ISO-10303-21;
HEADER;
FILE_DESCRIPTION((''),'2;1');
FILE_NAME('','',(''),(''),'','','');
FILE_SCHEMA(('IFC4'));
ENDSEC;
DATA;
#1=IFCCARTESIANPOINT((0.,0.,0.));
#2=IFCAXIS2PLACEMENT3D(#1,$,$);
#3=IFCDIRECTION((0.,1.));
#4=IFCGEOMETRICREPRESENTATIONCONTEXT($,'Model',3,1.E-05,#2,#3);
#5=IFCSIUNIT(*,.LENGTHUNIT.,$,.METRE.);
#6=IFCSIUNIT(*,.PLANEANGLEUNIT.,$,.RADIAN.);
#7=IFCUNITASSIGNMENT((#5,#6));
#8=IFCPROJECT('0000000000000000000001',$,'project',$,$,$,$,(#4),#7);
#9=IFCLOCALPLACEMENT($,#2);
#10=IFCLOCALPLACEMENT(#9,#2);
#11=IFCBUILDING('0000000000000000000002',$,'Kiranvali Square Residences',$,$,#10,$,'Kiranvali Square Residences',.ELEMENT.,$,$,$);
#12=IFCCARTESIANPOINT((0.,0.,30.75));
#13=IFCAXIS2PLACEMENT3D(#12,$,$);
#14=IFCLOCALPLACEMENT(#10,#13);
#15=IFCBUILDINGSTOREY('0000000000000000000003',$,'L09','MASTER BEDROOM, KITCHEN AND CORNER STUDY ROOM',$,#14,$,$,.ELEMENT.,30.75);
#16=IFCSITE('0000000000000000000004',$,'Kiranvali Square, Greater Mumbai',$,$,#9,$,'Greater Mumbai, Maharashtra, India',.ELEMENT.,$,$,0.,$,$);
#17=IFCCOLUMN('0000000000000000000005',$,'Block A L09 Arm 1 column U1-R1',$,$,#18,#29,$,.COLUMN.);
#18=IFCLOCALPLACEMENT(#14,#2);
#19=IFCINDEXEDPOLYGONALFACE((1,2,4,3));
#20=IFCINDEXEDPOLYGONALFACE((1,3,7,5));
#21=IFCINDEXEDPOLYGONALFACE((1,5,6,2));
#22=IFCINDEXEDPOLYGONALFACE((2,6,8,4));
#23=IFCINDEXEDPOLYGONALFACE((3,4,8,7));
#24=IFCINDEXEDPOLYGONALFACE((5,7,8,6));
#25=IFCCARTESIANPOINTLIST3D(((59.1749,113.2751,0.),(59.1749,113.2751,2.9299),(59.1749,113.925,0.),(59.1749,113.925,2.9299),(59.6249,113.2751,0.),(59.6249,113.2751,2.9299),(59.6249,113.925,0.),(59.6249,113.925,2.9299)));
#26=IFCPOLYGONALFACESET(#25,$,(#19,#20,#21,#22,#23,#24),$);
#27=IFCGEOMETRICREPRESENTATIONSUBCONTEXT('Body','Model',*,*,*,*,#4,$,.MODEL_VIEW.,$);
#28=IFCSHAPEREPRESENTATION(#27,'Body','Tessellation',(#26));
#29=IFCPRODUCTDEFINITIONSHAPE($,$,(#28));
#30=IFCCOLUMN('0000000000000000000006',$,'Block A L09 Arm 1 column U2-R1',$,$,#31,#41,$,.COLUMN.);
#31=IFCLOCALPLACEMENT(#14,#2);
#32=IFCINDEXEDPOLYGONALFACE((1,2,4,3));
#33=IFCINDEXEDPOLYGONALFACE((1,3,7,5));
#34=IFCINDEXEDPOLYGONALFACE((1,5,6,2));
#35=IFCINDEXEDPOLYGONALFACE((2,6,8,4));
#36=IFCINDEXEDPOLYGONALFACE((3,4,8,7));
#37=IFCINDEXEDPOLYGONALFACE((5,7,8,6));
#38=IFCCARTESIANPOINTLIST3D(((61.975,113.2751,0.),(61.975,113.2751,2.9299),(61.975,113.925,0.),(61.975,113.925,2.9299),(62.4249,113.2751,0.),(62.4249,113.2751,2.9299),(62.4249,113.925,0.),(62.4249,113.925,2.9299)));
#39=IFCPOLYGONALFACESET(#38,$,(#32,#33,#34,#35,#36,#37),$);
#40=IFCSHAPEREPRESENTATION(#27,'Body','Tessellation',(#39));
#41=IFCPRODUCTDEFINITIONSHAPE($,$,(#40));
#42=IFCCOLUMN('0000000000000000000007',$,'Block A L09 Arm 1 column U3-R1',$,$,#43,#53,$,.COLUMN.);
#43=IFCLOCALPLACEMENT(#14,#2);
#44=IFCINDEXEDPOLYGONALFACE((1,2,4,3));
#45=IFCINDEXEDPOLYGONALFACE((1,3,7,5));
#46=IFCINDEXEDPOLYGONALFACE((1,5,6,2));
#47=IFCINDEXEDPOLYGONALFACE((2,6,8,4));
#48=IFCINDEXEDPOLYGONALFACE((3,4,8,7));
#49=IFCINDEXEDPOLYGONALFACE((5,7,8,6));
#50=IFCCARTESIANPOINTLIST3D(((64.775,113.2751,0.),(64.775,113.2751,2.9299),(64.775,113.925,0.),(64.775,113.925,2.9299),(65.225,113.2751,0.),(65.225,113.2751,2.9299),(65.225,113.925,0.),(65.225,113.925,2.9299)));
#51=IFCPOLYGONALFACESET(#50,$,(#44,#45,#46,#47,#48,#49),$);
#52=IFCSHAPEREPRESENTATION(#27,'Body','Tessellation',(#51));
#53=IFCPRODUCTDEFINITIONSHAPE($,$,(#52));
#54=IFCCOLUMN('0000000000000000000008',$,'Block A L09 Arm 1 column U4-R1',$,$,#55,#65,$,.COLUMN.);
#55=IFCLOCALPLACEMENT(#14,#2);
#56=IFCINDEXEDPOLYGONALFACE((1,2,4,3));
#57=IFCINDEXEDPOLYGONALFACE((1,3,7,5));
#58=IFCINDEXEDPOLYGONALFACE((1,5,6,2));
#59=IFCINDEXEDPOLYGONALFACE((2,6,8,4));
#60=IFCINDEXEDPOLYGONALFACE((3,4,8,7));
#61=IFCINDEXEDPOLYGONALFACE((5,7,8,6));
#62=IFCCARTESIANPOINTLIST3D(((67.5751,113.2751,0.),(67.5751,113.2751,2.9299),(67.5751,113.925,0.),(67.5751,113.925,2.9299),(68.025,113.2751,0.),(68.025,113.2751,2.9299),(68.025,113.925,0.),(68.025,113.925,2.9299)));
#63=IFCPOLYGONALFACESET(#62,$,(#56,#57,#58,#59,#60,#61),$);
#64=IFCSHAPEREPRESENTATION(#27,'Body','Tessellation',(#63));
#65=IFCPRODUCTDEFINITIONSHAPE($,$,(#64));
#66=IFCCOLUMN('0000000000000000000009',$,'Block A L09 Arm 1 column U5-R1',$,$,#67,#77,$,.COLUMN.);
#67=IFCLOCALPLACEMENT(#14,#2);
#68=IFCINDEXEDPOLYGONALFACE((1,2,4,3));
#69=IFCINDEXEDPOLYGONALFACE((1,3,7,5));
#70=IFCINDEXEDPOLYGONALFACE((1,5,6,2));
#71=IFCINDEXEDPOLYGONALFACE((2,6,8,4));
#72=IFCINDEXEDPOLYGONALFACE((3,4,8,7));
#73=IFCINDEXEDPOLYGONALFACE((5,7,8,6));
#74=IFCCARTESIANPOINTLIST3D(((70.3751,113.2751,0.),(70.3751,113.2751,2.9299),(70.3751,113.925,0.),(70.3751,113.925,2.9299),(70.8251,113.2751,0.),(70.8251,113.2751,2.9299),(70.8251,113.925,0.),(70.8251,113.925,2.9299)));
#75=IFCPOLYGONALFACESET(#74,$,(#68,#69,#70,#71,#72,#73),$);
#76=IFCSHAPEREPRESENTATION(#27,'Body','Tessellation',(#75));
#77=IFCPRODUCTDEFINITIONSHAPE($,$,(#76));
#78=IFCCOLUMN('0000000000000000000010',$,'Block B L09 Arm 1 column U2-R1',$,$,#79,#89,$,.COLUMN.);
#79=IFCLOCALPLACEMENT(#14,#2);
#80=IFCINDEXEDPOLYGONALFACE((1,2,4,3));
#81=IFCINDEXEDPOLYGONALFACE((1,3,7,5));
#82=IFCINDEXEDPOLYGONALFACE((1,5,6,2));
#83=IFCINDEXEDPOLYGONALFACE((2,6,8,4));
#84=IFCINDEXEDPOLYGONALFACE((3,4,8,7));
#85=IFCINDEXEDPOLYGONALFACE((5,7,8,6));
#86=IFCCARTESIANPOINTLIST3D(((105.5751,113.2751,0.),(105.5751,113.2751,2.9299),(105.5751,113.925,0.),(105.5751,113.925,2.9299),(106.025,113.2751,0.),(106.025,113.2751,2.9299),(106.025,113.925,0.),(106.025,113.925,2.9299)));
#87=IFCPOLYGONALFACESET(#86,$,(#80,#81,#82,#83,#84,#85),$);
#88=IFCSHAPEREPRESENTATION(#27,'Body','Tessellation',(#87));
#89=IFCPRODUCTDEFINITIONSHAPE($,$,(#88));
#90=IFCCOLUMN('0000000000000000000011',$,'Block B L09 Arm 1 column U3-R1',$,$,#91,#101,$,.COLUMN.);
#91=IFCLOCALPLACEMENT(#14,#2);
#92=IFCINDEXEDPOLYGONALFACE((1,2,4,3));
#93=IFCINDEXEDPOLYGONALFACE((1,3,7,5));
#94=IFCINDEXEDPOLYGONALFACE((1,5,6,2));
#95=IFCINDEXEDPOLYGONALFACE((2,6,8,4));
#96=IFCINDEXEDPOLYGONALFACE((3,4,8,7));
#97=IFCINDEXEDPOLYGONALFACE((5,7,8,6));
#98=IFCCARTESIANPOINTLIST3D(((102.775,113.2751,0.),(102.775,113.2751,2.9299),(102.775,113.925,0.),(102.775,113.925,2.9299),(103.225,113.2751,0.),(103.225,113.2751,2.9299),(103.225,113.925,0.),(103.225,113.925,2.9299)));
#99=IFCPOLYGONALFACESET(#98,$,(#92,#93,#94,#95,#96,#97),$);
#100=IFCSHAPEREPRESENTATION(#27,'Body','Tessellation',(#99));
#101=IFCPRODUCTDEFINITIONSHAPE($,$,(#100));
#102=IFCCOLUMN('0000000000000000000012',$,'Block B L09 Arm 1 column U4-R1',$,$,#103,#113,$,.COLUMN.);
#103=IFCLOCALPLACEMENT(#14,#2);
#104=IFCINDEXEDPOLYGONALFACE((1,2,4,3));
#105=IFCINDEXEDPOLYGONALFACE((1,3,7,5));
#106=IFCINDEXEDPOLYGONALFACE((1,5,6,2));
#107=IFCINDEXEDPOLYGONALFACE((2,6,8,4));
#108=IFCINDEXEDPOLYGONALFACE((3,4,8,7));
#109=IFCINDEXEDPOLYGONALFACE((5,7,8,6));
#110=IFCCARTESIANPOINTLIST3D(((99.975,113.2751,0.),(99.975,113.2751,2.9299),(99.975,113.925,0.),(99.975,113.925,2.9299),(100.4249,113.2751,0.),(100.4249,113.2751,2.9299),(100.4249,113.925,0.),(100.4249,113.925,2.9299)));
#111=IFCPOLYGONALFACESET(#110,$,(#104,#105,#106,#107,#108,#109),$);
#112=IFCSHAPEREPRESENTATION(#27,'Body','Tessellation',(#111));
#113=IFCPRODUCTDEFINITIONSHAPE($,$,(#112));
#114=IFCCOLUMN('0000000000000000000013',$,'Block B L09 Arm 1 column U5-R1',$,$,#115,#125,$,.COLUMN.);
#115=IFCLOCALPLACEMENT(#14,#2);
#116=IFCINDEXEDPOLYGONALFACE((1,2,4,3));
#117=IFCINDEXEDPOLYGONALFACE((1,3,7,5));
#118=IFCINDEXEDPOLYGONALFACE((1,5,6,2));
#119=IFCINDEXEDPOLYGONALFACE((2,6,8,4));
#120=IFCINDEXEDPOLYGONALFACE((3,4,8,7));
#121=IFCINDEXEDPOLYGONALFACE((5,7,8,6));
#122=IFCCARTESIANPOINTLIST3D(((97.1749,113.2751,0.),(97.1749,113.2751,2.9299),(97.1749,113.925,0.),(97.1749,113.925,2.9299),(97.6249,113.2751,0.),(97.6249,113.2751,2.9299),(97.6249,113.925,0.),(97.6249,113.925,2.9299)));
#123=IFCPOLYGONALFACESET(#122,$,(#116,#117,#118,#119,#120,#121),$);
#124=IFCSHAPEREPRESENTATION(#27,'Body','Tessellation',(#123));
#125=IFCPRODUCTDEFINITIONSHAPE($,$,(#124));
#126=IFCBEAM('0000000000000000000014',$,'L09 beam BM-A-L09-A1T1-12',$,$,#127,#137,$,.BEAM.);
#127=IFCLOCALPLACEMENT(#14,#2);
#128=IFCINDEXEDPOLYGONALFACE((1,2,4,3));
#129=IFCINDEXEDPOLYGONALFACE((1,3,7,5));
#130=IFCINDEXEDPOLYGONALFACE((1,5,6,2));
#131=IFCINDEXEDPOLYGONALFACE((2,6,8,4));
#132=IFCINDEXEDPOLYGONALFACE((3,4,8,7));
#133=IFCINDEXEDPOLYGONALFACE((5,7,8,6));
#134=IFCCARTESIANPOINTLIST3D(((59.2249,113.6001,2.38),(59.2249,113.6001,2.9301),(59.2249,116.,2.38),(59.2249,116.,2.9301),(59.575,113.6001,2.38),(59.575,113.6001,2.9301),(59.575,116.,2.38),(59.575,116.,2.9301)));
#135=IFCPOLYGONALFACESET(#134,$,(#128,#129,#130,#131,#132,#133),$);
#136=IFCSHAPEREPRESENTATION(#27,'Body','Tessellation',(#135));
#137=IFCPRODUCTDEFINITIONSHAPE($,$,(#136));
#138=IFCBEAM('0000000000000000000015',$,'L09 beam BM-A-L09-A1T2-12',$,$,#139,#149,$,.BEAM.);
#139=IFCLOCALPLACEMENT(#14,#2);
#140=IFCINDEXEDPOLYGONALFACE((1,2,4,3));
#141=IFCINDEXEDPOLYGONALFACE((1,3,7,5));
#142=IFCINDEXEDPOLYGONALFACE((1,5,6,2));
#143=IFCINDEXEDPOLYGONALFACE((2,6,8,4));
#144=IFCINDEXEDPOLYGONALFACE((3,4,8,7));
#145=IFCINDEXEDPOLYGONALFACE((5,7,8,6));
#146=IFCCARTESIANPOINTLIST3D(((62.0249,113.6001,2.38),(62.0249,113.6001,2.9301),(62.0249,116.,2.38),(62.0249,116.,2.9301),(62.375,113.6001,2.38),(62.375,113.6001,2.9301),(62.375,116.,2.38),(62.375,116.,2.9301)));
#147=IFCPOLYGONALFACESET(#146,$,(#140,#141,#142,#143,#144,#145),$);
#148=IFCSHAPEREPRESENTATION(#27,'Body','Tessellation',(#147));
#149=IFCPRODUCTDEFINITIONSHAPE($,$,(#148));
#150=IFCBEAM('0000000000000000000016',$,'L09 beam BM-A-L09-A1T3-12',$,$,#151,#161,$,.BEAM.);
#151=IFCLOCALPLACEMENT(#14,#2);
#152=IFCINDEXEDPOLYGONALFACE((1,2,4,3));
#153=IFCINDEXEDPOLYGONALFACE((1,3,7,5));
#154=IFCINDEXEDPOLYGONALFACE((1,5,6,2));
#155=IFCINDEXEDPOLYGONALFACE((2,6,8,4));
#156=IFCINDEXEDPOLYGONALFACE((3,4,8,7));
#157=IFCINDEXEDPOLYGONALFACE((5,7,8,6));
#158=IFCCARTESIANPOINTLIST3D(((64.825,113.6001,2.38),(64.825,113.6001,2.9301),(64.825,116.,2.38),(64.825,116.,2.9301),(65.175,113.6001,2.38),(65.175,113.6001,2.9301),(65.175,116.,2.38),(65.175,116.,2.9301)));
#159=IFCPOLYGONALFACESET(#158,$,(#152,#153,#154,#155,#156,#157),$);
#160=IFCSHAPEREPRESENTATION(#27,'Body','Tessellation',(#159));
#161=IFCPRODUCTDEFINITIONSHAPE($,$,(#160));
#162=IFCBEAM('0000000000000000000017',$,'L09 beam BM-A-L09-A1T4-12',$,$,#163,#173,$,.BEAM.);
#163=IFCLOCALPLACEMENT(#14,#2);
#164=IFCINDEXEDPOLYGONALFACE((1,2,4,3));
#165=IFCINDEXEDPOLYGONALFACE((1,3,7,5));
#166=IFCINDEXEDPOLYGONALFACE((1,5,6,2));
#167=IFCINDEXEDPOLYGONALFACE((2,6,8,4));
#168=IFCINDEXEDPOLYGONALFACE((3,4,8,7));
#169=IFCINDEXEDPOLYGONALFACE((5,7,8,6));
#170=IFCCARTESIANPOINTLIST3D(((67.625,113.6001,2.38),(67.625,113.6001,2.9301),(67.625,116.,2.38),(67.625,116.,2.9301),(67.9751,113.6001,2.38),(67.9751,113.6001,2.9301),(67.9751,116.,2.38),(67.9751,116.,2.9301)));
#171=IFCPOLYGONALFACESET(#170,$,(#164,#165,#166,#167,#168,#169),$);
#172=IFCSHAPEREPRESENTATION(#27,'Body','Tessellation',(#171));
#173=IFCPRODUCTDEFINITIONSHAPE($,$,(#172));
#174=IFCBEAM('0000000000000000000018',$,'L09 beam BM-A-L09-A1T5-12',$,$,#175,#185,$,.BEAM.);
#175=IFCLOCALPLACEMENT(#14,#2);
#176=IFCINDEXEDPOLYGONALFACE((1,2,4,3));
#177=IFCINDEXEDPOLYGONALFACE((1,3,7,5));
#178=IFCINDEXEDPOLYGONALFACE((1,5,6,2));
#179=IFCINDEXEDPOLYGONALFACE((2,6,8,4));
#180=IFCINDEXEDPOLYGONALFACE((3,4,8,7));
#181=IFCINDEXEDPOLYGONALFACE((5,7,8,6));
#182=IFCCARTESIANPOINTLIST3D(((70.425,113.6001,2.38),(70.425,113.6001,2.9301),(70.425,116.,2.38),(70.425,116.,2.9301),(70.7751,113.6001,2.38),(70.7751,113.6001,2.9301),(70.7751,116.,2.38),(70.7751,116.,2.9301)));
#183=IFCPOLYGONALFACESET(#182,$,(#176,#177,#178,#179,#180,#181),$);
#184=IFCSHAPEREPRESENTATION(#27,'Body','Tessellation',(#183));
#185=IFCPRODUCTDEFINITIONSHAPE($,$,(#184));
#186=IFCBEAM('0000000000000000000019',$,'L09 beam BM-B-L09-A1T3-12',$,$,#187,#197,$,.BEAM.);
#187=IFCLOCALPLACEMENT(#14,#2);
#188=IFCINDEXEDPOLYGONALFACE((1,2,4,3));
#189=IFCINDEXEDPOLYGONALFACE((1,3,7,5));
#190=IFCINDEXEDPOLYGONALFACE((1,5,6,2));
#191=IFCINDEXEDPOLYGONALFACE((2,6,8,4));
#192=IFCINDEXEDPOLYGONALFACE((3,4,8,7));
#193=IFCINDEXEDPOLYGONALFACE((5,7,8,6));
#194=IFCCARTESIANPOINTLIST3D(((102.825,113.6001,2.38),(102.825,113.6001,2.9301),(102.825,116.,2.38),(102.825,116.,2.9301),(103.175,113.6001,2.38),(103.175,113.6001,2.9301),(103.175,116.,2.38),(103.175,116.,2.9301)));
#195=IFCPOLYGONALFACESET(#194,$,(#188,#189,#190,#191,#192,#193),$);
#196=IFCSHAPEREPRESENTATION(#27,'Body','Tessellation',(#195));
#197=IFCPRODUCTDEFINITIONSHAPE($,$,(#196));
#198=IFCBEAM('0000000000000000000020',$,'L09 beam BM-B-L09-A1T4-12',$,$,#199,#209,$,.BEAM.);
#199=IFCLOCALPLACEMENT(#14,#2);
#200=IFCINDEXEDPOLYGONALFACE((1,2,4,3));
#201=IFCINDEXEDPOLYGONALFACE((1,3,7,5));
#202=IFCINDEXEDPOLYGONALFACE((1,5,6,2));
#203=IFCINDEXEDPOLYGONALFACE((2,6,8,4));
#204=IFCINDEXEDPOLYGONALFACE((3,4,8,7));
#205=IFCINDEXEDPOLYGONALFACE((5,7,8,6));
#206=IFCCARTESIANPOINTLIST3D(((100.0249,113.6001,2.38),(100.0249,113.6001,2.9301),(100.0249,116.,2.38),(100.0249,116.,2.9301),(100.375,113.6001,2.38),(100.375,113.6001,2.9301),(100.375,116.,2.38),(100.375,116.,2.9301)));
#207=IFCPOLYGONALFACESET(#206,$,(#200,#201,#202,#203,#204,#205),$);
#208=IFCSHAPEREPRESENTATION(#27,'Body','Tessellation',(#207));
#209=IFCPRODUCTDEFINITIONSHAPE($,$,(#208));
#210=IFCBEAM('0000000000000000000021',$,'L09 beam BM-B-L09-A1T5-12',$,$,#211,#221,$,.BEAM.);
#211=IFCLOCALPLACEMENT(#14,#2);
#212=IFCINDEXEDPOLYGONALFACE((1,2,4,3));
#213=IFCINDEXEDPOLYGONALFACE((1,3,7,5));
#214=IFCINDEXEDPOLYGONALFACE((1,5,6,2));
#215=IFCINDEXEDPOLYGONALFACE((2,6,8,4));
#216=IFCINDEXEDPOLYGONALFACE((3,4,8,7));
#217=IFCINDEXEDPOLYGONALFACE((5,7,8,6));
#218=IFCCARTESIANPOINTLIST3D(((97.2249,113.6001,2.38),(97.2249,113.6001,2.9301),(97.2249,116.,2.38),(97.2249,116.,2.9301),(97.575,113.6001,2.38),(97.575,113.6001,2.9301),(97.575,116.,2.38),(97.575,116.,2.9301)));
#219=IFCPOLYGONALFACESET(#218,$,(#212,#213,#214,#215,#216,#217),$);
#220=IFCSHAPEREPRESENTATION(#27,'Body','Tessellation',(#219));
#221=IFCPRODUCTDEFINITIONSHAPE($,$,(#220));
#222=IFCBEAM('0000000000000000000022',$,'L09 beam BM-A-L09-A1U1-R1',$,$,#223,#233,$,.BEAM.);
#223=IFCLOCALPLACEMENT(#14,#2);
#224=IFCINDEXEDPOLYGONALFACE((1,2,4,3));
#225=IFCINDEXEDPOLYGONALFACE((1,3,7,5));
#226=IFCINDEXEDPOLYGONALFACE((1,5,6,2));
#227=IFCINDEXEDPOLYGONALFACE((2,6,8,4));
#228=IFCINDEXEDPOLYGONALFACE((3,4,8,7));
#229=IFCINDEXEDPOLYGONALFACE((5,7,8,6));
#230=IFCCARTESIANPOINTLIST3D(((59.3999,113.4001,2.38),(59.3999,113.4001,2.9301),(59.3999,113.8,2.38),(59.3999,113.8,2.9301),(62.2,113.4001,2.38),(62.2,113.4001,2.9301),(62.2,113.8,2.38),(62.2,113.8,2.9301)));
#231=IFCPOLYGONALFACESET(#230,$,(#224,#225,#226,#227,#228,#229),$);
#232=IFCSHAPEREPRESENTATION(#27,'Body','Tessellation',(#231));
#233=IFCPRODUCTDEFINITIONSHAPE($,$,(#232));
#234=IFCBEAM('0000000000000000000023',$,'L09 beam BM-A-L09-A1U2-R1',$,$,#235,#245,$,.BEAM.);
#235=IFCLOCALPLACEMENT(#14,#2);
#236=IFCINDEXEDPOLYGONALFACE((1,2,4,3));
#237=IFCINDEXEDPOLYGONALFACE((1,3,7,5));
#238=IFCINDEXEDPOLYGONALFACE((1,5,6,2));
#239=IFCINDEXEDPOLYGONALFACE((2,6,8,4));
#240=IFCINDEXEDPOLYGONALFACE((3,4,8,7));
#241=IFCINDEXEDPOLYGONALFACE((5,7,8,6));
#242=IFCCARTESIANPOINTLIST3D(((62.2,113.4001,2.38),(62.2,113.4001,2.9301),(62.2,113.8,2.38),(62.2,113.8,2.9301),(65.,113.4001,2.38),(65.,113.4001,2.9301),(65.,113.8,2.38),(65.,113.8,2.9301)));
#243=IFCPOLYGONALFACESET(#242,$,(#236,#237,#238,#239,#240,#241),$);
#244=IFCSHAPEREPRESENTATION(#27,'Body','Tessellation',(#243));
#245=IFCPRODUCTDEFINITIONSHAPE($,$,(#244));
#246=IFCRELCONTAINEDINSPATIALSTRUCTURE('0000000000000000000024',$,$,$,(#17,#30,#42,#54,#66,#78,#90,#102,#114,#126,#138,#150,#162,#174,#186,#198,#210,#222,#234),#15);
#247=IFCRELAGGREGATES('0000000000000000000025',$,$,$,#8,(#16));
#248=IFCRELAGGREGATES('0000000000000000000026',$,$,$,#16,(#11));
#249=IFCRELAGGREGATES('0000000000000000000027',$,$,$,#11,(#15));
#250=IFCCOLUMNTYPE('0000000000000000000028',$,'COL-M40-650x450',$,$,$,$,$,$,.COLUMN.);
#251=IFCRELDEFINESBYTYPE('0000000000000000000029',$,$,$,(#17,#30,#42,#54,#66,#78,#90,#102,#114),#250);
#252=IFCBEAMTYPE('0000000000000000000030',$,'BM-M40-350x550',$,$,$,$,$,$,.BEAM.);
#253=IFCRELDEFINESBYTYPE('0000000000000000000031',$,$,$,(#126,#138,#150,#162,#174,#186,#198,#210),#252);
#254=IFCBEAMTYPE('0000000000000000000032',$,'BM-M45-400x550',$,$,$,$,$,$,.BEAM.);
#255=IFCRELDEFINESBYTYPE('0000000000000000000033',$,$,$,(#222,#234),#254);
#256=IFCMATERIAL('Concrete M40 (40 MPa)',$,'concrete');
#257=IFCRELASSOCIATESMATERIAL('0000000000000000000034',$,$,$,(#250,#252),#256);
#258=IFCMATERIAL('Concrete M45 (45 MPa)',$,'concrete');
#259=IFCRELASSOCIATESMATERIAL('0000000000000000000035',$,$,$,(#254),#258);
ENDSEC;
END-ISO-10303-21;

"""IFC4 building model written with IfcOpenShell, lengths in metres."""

from ifc_helpers import new_model, si_unit, direction, frame, origin, origin_2d, place, context, subcontext, project, spatial, rectangle, extrude, material, material_profile, profile_set, type_object, element, save


model = new_model("IFC4")

# Units and contexts
model_context = context("Model", 3, precision=1e-05, world=origin(), true_north=direction((0.0, 1.0)))
body_context = subcontext(model_context, "Body", "Model", "MODEL_VIEW")
ifc_project = project(units=[si_unit("LENGTHUNIT", "METRE"), si_unit("PLANEANGLEUNIT", "RADIAN")], contexts=[model_context])

# Site, building, storey
site_placement = place(None, origin())
site = spatial("IfcSite", under=ifc_project, at=site_placement, Name="Kiranvali Square, Greater Mumbai", LongName="Greater Mumbai, Maharashtra, India", CompositionType="ELEMENT", RefElevation=0.0)
building_placement = place(site_placement, origin())
building = spatial("IfcBuilding", under=site, at=building_placement, Name="Kiranvali Square Residences", LongName="Kiranvali Square Residences", CompositionType="ELEMENT")
storey_placement = place(building_placement, frame((0.0, 0.0, 30.75)))
storey = spatial("IfcBuildingStorey", under=building, at=storey_placement, Name="L09", Description="MASTER BEDROOM, KITCHEN AND CORNER STUDY ROOM", CompositionType="ELEMENT", Elevation=30.75)

# Columns
ifc_material_1 = material(Name="Concrete M40 (40 MPa)", Category="concrete")
ifc_material_profile_1 = material_profile(ifc_material_1, rectangle(XDim=0.45, YDim=0.6499, at=origin_2d()), Name="RC 650x450")
ifc_profile_set_1 = profile_set([ifc_material_profile_1], Name="Concrete M40 (40 MPa)")
column_type = type_object("IfcColumnType", Name="COL-M40-650x450", PredefinedType="COLUMN", material=ifc_profile_set_1)
for number, where, z_axis, x_axis, name in (
    (1, (59.3999, 113.6001, 0.0), (0.0, 0.0, 1.0), (1.0, 0.0, 0.0), "Block A L09 Arm 1 column U1-R1"),
    (2, (62.2, 113.6001, 0.0), (0.0, 0.0, 1.0), (1.0, 0.0, 0.0), "Block A L09 Arm 1 column U2-R1"),
    (3, (65.0, 113.6001, 0.0), (0.0, 0.0, 1.0), (1.0, 0.0, 0.0), "Block A L09 Arm 1 column U3-R1"),
    (4, (67.8, 113.6001, 0.0), (0.0, 0.0, 1.0), (1.0, 0.0, 0.0), "Block A L09 Arm 1 column U4-R1"),
    (5, (70.6001, 113.6001, 0.0), (0.0, 0.0, 1.0), (1.0, 0.0, 0.0), "Block A L09 Arm 1 column U5-R1"),
    (6, (105.8, 113.6001, 0.0), (0.0, 0.0, 1.0), (1.0, 0.0, 0.0), "Block B L09 Arm 1 column U2-R1"),
    (7, (103.0, 113.6001, 0.0), (0.0, 0.0, 1.0), (1.0, 0.0, 0.0), "Block B L09 Arm 1 column U3-R1"),
    (8, (100.2, 113.6001, 0.0), (0.0, 0.0, 1.0), (1.0, 0.0, 0.0), "Block B L09 Arm 1 column U4-R1"),
    (9, (97.3999, 113.6001, 0.0), (0.0, 0.0, 1.0), (1.0, 0.0, 0.0), "Block B L09 Arm 1 column U5-R1"),
):
    element("IfcColumn", number, at=place(storey_placement, frame(where, z_axis=z_axis, x_axis=x_axis)), inside=storey, type_object=column_type, Name=name, PredefinedType="COLUMN", context=body_context, shape_type="SweptSolid", body=[
        extrude(rectangle(XDim=0.45, YDim=0.6499, at=origin_2d()), origin(), (0.0, 0.0, 1.0), 2.9299),
    ])

# Beams
ifc_material_profile_2 = material_profile(ifc_material_1, rectangle(XDim=0.3501, YDim=0.55, at=origin_2d()), Name="RC 350x550")
ifc_profile_set_2 = profile_set([ifc_material_profile_2], Name="Concrete M40 (40 MPa)")
beam_type_1 = type_object("IfcBeamType", Name="BM-M40-350x550", PredefinedType="BEAM", material=ifc_profile_set_2)
for number, where, z_axis, x_axis, name in (
    (10, (59.3999, 113.6001, 2.655), (0.0, 1.0, 0.0), (-1.0, 0.0, 0.0), "L09 beam BM-A-L09-A1T1-12"),
    (11, (62.2, 113.6001, 2.655), (0.0, 1.0, 0.0), (-1.0, 0.0, 0.0), "L09 beam BM-A-L09-A1T2-12"),
    (12, (65.0, 113.6001, 2.655), (0.0, 1.0, 0.0), (-1.0, 0.0, 0.0), "L09 beam BM-A-L09-A1T3-12"),
    (13, (67.8, 113.6001, 2.655), (0.0, 1.0, 0.0), (-1.0, 0.0, 0.0), "L09 beam BM-A-L09-A1T4-12"),
    (14, (70.6001, 113.6001, 2.655), (0.0, 1.0, 0.0), (-1.0, 0.0, 0.0), "L09 beam BM-A-L09-A1T5-12"),
    (15, (103.0, 113.6001, 2.655), (0.0, 1.0, 0.0), (-1.0, 0.0, 0.0), "L09 beam BM-B-L09-A1T3-12"),
    (16, (100.2, 113.6001, 2.655), (0.0, 1.0, 0.0), (-1.0, 0.0, 0.0), "L09 beam BM-B-L09-A1T4-12"),
    (17, (97.3999, 113.6001, 2.655), (0.0, 1.0, 0.0), (-1.0, 0.0, 0.0), "L09 beam BM-B-L09-A1T5-12"),
):
    element("IfcBeam", number, at=place(storey_placement, frame(where, z_axis=z_axis, x_axis=x_axis)), inside=storey, type_object=beam_type_1, Name=name, PredefinedType="BEAM", context=body_context, shape_type="SweptSolid", body=[
        extrude(rectangle(XDim=0.3501, YDim=0.55, at=origin_2d()), origin(), (0.0, 0.0, 1.0), 2.3999),
    ])
ifc_material_2 = material(Name="Concrete M45 (45 MPa)", Category="concrete")
ifc_material_profile_3 = material_profile(ifc_material_2, rectangle(XDim=0.3999, YDim=0.55, at=origin_2d()), Name="RC 400x550")
ifc_profile_set_3 = profile_set([ifc_material_profile_3], Name="Concrete M45 (45 MPa)")
beam_type_2 = type_object("IfcBeamType", Name="BM-M45-400x550", PredefinedType="BEAM", material=ifc_profile_set_3)
for number, where, z_axis, x_axis, name in (
    (18, (59.3999, 113.6001, 2.655), (1.0, 0.0, 0.0), (0.0, 1.0, 0.0), "L09 beam BM-A-L09-A1U1-R1"),
    (19, (62.2, 113.6001, 2.655), (1.0, 0.0, 0.0), (0.0, 1.0, 0.0), "L09 beam BM-A-L09-A1U2-R1"),
):
    element("IfcBeam", number, at=place(storey_placement, frame(where, z_axis=z_axis, x_axis=x_axis)), inside=storey, type_object=beam_type_2, Name=name, PredefinedType="BEAM", context=body_context, shape_type="SweptSolid", body=[
        extrude(rectangle(XDim=0.3999, YDim=0.55, at=origin_2d()), origin(), (0.0, 0.0, 1.0), 2.8),
    ])

save(model, "model.ifc")
